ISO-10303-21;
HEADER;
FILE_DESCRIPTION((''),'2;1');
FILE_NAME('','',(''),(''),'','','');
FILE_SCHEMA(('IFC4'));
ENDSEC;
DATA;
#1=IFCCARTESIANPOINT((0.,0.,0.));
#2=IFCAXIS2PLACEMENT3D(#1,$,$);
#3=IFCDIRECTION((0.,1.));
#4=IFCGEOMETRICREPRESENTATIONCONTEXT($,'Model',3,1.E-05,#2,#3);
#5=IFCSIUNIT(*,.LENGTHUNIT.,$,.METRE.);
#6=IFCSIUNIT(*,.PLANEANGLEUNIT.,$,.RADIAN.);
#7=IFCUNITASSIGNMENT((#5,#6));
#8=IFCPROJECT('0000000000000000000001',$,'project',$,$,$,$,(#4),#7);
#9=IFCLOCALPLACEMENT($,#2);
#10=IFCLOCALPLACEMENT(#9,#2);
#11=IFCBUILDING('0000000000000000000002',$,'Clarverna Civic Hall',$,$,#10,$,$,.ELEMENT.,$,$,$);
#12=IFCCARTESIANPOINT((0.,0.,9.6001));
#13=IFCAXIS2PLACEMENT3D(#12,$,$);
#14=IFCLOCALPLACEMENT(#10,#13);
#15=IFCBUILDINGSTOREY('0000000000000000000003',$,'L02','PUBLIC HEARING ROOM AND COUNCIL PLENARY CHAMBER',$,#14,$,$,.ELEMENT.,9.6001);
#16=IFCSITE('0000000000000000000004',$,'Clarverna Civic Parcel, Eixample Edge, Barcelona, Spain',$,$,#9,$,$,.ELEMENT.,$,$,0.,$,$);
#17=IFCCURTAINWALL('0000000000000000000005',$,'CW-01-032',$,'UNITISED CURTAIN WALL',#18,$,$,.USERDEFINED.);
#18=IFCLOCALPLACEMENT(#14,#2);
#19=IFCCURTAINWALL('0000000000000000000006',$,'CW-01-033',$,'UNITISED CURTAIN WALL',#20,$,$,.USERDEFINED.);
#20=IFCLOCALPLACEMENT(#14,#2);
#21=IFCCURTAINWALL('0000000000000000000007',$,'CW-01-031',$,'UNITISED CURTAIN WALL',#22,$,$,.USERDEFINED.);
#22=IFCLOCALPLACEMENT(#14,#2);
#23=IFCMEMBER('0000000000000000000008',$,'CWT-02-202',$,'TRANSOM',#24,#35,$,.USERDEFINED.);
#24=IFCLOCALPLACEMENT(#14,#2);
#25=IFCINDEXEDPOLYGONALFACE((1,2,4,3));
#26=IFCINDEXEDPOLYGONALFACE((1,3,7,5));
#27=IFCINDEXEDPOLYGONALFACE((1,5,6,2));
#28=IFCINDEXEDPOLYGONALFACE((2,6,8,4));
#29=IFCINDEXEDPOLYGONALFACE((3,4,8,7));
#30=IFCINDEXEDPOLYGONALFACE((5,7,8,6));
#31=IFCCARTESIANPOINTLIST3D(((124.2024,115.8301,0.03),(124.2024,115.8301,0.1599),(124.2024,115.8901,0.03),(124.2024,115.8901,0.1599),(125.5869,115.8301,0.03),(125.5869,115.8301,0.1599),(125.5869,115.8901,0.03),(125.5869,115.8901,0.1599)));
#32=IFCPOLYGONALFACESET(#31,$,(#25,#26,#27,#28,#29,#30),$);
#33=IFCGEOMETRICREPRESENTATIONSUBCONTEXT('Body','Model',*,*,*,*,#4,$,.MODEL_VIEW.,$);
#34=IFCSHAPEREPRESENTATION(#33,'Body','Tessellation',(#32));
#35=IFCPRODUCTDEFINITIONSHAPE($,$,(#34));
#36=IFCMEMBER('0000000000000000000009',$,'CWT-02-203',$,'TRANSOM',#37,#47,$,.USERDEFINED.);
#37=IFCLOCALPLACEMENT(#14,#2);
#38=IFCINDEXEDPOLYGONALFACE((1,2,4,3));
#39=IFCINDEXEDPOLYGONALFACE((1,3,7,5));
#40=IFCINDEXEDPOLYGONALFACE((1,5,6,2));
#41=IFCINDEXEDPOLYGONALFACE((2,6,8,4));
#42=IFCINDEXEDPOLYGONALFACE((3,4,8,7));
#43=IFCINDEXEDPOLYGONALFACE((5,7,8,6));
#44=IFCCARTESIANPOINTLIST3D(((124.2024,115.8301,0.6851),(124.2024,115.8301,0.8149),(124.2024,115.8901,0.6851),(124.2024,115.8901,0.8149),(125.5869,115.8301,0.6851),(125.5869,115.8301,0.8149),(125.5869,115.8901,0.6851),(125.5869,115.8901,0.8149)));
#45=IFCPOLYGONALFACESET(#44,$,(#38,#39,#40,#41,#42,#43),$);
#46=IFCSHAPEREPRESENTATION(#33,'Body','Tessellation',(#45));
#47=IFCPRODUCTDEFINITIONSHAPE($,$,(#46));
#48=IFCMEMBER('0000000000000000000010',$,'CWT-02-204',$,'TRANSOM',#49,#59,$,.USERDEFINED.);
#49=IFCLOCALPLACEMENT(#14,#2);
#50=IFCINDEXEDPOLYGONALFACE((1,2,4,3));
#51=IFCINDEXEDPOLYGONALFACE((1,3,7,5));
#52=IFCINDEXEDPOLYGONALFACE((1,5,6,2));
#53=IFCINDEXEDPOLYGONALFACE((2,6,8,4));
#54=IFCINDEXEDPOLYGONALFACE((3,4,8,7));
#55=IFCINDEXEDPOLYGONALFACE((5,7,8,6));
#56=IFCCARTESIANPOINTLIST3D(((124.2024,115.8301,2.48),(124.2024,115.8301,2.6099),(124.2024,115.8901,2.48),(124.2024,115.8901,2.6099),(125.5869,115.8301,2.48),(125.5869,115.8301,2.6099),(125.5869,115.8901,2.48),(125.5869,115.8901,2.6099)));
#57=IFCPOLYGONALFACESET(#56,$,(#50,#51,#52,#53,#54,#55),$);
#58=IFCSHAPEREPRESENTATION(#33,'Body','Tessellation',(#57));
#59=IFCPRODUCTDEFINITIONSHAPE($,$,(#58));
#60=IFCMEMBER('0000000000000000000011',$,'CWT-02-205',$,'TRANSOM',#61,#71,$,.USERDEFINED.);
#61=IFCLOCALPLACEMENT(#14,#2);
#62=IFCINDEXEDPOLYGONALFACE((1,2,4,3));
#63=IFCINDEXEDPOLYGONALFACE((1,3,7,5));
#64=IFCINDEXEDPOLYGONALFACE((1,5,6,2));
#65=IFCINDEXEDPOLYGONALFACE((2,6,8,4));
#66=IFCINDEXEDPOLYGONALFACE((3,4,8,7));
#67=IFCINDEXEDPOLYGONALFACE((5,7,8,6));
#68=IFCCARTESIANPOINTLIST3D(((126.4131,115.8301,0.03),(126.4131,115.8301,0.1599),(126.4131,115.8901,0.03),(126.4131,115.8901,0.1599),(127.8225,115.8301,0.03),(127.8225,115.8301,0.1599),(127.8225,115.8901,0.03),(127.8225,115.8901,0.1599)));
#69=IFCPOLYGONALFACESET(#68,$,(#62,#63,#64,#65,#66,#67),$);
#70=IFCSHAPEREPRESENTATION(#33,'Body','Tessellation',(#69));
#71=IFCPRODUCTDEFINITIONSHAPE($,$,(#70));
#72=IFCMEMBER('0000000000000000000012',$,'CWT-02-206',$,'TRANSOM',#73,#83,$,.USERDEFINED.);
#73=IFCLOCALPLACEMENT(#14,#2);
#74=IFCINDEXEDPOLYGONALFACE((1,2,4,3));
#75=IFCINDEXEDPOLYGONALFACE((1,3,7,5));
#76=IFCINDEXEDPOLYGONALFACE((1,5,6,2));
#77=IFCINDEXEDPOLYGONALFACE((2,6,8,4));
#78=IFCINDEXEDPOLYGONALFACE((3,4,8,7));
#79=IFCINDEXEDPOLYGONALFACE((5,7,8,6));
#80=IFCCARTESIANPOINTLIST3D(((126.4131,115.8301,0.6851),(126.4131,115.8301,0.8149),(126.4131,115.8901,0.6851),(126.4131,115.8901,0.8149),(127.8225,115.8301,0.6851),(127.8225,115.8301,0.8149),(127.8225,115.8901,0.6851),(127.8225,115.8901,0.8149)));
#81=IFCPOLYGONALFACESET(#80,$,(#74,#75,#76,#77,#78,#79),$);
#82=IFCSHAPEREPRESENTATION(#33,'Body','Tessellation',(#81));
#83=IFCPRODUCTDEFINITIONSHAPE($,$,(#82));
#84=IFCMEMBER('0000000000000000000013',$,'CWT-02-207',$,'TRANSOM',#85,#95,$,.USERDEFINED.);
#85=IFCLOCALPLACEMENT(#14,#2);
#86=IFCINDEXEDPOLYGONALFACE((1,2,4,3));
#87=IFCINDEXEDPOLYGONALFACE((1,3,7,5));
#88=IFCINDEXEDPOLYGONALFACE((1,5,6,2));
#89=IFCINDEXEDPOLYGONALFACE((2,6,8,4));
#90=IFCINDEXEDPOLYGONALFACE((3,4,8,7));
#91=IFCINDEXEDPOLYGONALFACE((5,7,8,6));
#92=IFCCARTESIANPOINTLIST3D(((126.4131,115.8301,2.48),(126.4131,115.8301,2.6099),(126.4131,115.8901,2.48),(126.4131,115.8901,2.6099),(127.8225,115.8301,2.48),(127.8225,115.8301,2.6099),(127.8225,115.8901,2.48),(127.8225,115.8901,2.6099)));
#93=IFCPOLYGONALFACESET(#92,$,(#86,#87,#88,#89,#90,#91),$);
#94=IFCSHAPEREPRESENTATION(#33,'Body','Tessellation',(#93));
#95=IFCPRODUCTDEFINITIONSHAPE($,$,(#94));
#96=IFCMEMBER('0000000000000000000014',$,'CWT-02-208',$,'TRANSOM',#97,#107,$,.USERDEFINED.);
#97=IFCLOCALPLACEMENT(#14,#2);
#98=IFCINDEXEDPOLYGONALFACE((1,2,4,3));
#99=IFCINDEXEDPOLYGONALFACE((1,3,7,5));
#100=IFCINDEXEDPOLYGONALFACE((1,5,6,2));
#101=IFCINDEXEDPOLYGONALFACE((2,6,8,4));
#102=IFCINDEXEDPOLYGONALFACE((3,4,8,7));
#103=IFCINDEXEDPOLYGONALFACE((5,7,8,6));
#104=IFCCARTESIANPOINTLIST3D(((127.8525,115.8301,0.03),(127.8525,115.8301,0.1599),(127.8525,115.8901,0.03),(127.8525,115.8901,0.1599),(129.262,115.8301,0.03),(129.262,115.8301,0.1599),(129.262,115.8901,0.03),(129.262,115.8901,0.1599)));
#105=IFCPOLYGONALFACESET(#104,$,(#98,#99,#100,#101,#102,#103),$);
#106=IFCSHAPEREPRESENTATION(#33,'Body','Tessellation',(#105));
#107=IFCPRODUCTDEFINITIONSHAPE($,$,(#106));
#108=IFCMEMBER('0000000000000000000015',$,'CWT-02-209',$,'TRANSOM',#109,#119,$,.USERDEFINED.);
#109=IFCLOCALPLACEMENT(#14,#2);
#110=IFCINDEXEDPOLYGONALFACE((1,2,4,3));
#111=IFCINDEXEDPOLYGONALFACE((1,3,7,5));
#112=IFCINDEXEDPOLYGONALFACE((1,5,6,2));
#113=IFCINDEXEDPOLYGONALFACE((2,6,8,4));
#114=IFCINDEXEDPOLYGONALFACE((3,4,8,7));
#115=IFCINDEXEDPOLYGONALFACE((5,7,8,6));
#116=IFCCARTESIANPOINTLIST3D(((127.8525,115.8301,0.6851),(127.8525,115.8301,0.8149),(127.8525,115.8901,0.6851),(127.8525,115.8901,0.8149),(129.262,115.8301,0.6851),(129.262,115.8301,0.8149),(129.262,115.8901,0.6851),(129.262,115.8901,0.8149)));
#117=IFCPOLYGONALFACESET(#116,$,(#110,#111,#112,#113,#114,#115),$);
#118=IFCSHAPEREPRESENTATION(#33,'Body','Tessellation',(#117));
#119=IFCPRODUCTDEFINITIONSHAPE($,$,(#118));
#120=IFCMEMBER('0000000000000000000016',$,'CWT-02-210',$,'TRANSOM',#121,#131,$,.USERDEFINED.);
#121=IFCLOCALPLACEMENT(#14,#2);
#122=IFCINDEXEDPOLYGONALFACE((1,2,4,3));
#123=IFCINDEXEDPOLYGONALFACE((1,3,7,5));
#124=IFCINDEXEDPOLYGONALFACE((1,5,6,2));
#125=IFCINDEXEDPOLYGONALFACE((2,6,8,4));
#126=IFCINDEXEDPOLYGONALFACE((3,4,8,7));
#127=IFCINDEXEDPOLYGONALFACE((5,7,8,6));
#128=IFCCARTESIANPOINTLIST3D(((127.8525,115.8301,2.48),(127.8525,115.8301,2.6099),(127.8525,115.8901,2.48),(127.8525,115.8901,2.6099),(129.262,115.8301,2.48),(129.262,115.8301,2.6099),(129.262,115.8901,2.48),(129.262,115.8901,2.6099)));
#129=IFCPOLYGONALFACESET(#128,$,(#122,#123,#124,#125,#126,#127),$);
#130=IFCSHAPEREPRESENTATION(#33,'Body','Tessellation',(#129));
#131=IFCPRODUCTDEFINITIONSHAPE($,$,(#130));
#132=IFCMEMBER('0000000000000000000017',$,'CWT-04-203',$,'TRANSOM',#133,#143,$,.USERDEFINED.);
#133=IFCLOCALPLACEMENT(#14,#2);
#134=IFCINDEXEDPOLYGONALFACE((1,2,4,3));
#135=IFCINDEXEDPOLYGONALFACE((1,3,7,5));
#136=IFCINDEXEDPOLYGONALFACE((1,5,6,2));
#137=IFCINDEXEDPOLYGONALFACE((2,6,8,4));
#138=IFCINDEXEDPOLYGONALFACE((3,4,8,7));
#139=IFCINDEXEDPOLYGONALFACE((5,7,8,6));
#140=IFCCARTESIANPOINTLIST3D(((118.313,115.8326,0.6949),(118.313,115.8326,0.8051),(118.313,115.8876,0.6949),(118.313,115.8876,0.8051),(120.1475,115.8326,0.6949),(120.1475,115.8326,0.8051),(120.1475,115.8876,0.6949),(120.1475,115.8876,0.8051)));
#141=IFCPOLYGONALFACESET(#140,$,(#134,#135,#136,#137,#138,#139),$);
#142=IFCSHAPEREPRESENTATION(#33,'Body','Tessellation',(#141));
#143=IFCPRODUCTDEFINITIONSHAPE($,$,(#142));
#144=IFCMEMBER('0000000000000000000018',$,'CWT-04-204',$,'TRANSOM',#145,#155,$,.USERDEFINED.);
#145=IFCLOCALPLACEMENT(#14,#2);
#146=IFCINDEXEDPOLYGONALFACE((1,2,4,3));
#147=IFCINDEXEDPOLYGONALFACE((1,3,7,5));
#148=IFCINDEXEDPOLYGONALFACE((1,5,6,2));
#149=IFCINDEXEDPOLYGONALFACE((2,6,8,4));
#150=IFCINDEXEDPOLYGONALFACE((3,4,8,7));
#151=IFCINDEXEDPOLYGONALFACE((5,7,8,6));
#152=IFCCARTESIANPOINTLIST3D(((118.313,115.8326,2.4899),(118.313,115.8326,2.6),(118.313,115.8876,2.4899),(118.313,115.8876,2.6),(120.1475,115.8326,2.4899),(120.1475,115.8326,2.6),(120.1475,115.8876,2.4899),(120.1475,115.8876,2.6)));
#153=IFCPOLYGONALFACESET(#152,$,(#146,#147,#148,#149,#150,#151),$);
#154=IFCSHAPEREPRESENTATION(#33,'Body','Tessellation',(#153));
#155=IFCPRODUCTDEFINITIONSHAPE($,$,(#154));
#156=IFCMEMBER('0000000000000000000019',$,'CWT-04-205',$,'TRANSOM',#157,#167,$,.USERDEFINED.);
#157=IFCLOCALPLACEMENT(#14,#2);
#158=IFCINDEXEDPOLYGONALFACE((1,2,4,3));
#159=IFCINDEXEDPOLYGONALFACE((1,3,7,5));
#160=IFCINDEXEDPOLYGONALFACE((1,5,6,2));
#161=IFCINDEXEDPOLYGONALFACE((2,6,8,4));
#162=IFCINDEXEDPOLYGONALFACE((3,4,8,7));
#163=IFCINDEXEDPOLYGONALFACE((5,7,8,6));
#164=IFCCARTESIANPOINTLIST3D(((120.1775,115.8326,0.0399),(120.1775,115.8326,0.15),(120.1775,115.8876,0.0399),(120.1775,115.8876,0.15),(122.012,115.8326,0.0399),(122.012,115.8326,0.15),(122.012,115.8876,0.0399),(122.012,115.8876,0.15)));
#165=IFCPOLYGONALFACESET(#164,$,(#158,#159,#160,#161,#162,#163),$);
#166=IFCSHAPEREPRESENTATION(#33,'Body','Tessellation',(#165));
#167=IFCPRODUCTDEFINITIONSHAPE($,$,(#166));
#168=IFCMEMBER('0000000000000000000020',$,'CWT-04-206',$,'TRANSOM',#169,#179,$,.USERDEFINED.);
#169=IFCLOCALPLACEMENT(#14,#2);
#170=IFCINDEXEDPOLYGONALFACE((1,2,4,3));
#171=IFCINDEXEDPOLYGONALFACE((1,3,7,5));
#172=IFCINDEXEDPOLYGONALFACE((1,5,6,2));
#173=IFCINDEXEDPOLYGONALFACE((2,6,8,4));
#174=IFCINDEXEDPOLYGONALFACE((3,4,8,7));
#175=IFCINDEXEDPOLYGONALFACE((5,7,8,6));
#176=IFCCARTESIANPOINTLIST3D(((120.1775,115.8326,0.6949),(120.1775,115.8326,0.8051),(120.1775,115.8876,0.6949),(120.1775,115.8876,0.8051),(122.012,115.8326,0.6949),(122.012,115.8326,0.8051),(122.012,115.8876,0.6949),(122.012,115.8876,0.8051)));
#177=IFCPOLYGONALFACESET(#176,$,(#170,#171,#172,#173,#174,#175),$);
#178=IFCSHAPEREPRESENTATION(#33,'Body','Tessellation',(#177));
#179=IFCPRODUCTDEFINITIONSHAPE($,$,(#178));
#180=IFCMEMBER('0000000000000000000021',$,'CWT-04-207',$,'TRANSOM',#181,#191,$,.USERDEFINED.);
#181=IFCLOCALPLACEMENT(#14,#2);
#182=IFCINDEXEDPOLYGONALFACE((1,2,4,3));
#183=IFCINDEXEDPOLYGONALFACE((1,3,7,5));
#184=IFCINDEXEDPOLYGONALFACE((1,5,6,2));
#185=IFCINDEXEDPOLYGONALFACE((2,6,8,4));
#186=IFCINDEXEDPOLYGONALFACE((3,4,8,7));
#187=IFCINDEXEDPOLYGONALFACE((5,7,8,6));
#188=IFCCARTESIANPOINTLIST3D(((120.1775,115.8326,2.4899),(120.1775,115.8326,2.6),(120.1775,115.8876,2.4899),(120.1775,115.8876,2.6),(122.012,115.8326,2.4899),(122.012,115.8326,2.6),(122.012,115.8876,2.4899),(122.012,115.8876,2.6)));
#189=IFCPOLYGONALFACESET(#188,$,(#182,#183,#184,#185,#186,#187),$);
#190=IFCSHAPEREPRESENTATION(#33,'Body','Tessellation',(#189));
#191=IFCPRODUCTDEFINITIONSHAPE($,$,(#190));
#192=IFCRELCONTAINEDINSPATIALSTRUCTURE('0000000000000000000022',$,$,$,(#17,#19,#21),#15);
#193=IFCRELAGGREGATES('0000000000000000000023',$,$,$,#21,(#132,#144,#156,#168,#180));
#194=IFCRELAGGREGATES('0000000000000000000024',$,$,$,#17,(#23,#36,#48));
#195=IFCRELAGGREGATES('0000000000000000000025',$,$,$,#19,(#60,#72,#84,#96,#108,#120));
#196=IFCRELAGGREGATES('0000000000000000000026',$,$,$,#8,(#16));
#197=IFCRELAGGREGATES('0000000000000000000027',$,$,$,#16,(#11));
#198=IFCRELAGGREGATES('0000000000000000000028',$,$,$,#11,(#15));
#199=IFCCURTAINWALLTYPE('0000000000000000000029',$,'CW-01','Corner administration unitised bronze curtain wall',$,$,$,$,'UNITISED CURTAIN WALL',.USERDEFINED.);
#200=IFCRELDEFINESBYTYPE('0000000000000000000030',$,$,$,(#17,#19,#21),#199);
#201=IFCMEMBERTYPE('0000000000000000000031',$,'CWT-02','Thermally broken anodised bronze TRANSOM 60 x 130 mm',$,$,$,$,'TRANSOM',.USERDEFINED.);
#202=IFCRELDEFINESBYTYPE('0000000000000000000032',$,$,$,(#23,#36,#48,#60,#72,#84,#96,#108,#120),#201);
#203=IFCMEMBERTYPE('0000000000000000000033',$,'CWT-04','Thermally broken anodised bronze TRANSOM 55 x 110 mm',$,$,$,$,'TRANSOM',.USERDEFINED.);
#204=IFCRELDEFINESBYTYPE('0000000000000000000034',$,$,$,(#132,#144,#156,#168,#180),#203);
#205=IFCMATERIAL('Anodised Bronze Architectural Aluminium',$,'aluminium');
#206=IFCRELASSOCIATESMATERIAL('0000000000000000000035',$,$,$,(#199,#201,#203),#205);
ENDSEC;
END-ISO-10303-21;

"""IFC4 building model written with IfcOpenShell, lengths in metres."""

from ifc_helpers import new_model, si_unit, direction, frame, origin, origin_2d, place, context, subcontext, project, spatial, rectangle, extrude, material, material_profile, profile_set, type_object, element, aggregate, save


model = new_model("IFC4")

# Units and contexts
model_context = context("Model", 3, precision=1e-05, world=origin(), true_north=direction((0.0, 1.0)))
body_context = subcontext(model_context, "Body", "Model", "MODEL_VIEW")
ifc_project = project(units=[si_unit("LENGTHUNIT", "METRE"), si_unit("PLANEANGLEUNIT", "RADIAN")], contexts=[model_context])

# Site, building, storey
site_placement = place(None, origin())
site = spatial("IfcSite", under=ifc_project, at=site_placement, Name="Clarverna Civic Parcel, Eixample Edge, Barcelona, Spain", CompositionType="ELEMENT", RefElevation=0.0)
building_placement = place(site_placement, origin())
building = spatial("IfcBuilding", under=site, at=building_placement, Name="Clarverna Civic Hall", CompositionType="ELEMENT")
storey_placement = place(building_placement, frame((0.0, 0.0, 9.6001)))
storey = spatial("IfcBuildingStorey", under=building, at=storey_placement, Name="L02", Description="PUBLIC HEARING ROOM AND COUNCIL PLENARY CHAMBER", CompositionType="ELEMENT", Elevation=9.6001)

# Curtain walls
ifc_material_1 = material(Name="Anodised Bronze Architectural Aluminium", Category="aluminium")
curtain_wall_type = type_object("IfcCurtainWallType", Name="CW-01", Description="Corner administration unitised bronze curtain wall", ElementType="UNITISED CURTAIN WALL", PredefinedType="USERDEFINED", material=ifc_material_1)
curtain_wall_1_placement = place(storey_placement, origin())
curtain_wall_1 = element("IfcCurtainWall", 1, at=curtain_wall_1_placement, inside=storey, type_object=curtain_wall_type, Name="CW-01-032", ObjectType="UNITISED CURTAIN WALL", PredefinedType="USERDEFINED")
curtain_wall_2_placement = place(storey_placement, origin())
curtain_wall_2 = element("IfcCurtainWall", 2, at=curtain_wall_2_placement, inside=storey, type_object=curtain_wall_type, Name="CW-01-033", ObjectType="UNITISED CURTAIN WALL", PredefinedType="USERDEFINED")
curtain_wall_3_placement = place(storey_placement, origin())
curtain_wall_3 = element("IfcCurtainWall", 3, at=curtain_wall_3_placement, inside=storey, type_object=curtain_wall_type, Name="CW-01-031", ObjectType="UNITISED CURTAIN WALL", PredefinedType="USERDEFINED")

# Members
ifc_material_profile_1 = material_profile(ifc_material_1, rectangle(XDim=0.0601, YDim=0.1299, at=origin_2d()), Name="BRONZE 60x130")
ifc_profile_set_1 = profile_set([ifc_material_profile_1], Name="Anodised Bronze Architectural Aluminium")
member_type_1 = type_object("IfcMemberType", Name="CWT-02", Description="Thermally broken anodised bronze TRANSOM 60 x 130 mm", ElementType="TRANSOM", PredefinedType="USERDEFINED", material=ifc_profile_set_1)
member_1_placement = place(storey_placement, frame((124.2024, 115.8601, 0.095), z_axis=(1.0, 0.0, 0.0), x_axis=(0.0, 1.0, 0.0)))
member_1 = element("IfcMember", 4, at=member_1_placement, type_object=member_type_1, Name="CWT-02-202", ObjectType="TRANSOM", PredefinedType="USERDEFINED", context=body_context, shape_type="SweptSolid", body=[
    extrude(rectangle(XDim=0.0601, YDim=0.1299, at=origin_2d()), origin(), (0.0, 0.0, 1.0), 1.3845),
])
member_2_placement = place(storey_placement, frame((124.2024, 115.8601, 0.75), z_axis=(1.0, 0.0, 0.0), x_axis=(0.0, 1.0, 0.0)))
member_2 = element("IfcMember", 5, at=member_2_placement, type_object=member_type_1, Name="CWT-02-203", ObjectType="TRANSOM", PredefinedType="USERDEFINED", context=body_context, shape_type="SweptSolid", body=[
    extrude(rectangle(XDim=0.0601, YDim=0.1299, at=origin_2d()), origin(), (0.0, 0.0, 1.0), 1.3845),
])
member_3_placement = place(storey_placement, frame((124.2024, 115.8601, 2.5449), z_axis=(1.0, 0.0, 0.0), x_axis=(0.0, 1.0, 0.0)))
member_3 = element("IfcMember", 6, at=member_3_placement, type_object=member_type_1, Name="CWT-02-204", ObjectType="TRANSOM", PredefinedType="USERDEFINED", context=body_context, shape_type="SweptSolid", body=[
    extrude(rectangle(XDim=0.0601, YDim=0.1299, at=origin_2d()), origin(), (0.0, 0.0, 1.0), 1.3845),
])
member_4_placement = place(storey_placement, frame((126.4131, 115.8601, 0.095), z_axis=(1.0, 0.0, 0.0), x_axis=(0.0, 1.0, 0.0)))
member_4 = element("IfcMember", 7, at=member_4_placement, type_object=member_type_1, Name="CWT-02-205", ObjectType="TRANSOM", PredefinedType="USERDEFINED", context=body_context, shape_type="SweptSolid", body=[
    extrude(rectangle(XDim=0.0601, YDim=0.1299, at=origin_2d()), origin(), (0.0, 0.0, 1.0), 1.4094),
])
member_5_placement = place(storey_placement, frame((126.4131, 115.8601, 0.75), z_axis=(1.0, 0.0, 0.0), x_axis=(0.0, 1.0, 0.0)))
member_5 = element("IfcMember", 8, at=member_5_placement, type_object=member_type_1, Name="CWT-02-206", ObjectType="TRANSOM", PredefinedType="USERDEFINED", context=body_context, shape_type="SweptSolid", body=[
    extrude(rectangle(XDim=0.0601, YDim=0.1299, at=origin_2d()), origin(), (0.0, 0.0, 1.0), 1.4094),
])
member_6_placement = place(storey_placement, frame((126.4131, 115.8601, 2.5449), z_axis=(1.0, 0.0, 0.0), x_axis=(0.0, 1.0, 0.0)))
member_6 = element("IfcMember", 9, at=member_6_placement, type_object=member_type_1, Name="CWT-02-207", ObjectType="TRANSOM", PredefinedType="USERDEFINED", context=body_context, shape_type="SweptSolid", body=[
    extrude(rectangle(XDim=0.0601, YDim=0.1299, at=origin_2d()), origin(), (0.0, 0.0, 1.0), 1.4094),
])
member_7_placement = place(storey_placement, frame((127.8525, 115.8601, 0.095), z_axis=(1.0, 0.0, 0.0), x_axis=(0.0, 1.0, 0.0)))
member_7 = element("IfcMember", 10, at=member_7_placement, type_object=member_type_1, Name="CWT-02-208", ObjectType="TRANSOM", PredefinedType="USERDEFINED", context=body_context, shape_type="SweptSolid", body=[
    extrude(rectangle(XDim=0.0601, YDim=0.1299, at=origin_2d()), origin(), (0.0, 0.0, 1.0), 1.4094),
])
member_8_placement = place(storey_placement, frame((127.8525, 115.8601, 0.75), z_axis=(1.0, 0.0, 0.0), x_axis=(0.0, 1.0, 0.0)))
member_8 = element("IfcMember", 11, at=member_8_placement, type_object=member_type_1, Name="CWT-02-209", ObjectType="TRANSOM", PredefinedType="USERDEFINED", context=body_context, shape_type="SweptSolid", body=[
    extrude(rectangle(XDim=0.0601, YDim=0.1299, at=origin_2d()), origin(), (0.0, 0.0, 1.0), 1.4094),
])
member_9_placement = place(storey_placement, frame((127.8525, 115.8601, 2.5449), z_axis=(1.0, 0.0, 0.0), x_axis=(0.0, 1.0, 0.0)))
member_9 = element("IfcMember", 12, at=member_9_placement, type_object=member_type_1, Name="CWT-02-210", ObjectType="TRANSOM", PredefinedType="USERDEFINED", context=body_context, shape_type="SweptSolid", body=[
    extrude(rectangle(XDim=0.0601, YDim=0.1299, at=origin_2d()), origin(), (0.0, 0.0, 1.0), 1.4094),
])
ifc_material_profile_2 = material_profile(ifc_material_1, rectangle(XDim=0.0549, YDim=0.1101, at=origin_2d()), Name="BRONZE 55x110")
ifc_profile_set_2 = profile_set([ifc_material_profile_2], Name="Anodised Bronze Architectural Aluminium")
member_type_2 = type_object("IfcMemberType", Name="CWT-04", Description="Thermally broken anodised bronze TRANSOM 55 x 110 mm", ElementType="TRANSOM", PredefinedType="USERDEFINED", material=ifc_profile_set_2)
member_10_placement = place(storey_placement, frame((118.313, 115.8601, 0.75), z_axis=(1.0, 0.0, 0.0), x_axis=(0.0, 1.0, 0.0)))
member_10 = element("IfcMember", 13, at=member_10_placement, type_object=member_type_2, Name="CWT-04-203", ObjectType="TRANSOM", PredefinedType="USERDEFINED", context=body_context, shape_type="SweptSolid", body=[
    extrude(rectangle(XDim=0.0549, YDim=0.1101, at=origin_2d()), origin(), (0.0, 0.0, 1.0), 1.8345),
])
member_11_placement = place(storey_placement, frame((118.313, 115.8601, 2.5449), z_axis=(1.0, 0.0, 0.0), x_axis=(0.0, 1.0, 0.0)))
member_11 = element("IfcMember", 14, at=member_11_placement, type_object=member_type_2, Name="CWT-04-204", ObjectType="TRANSOM", PredefinedType="USERDEFINED", context=body_context, shape_type="SweptSolid", body=[
    extrude(rectangle(XDim=0.0549, YDim=0.1101, at=origin_2d()), origin(), (0.0, 0.0, 1.0), 1.8345),
])
member_12_placement = place(storey_placement, frame((120.1775, 115.8601, 0.095), z_axis=(1.0, 0.0, 0.0), x_axis=(0.0, 1.0, 0.0)))
member_12 = element("IfcMember", 15, at=member_12_placement, type_object=member_type_2, Name="CWT-04-205", ObjectType="TRANSOM", PredefinedType="USERDEFINED", context=body_context, shape_type="SweptSolid", body=[
    extrude(rectangle(XDim=0.0549, YDim=0.1101, at=origin_2d()), origin(), (0.0, 0.0, 1.0), 1.8345),
])
member_13_placement = place(storey_placement, frame((120.1775, 115.8601, 0.75), z_axis=(1.0, 0.0, 0.0), x_axis=(0.0, 1.0, 0.0)))
member_13 = element("IfcMember", 16, at=member_13_placement, type_object=member_type_2, Name="CWT-04-206", ObjectType="TRANSOM", PredefinedType="USERDEFINED", context=body_context, shape_type="SweptSolid", body=[
    extrude(rectangle(XDim=0.0549, YDim=0.1101, at=origin_2d()), origin(), (0.0, 0.0, 1.0), 1.8345),
])
member_14_placement = place(storey_placement, frame((120.1775, 115.8601, 2.5449), z_axis=(1.0, 0.0, 0.0), x_axis=(0.0, 1.0, 0.0)))
member_14 = element("IfcMember", 17, at=member_14_placement, type_object=member_type_2, Name="CWT-04-207", ObjectType="TRANSOM", PredefinedType="USERDEFINED", context=body_context, shape_type="SweptSolid", body=[
    extrude(rectangle(XDim=0.0549, YDim=0.1101, at=origin_2d()), origin(), (0.0, 0.0, 1.0), 1.8345),
])

aggregate(curtain_wall_3, [member_10, member_11, member_12, member_13, member_14])
aggregate(curtain_wall_1, [member_1, member_2, member_3])
aggregate(curtain_wall_2, [member_4, member_5, member_6, member_7, member_8, member_9])

save(model, "model.ifc")
